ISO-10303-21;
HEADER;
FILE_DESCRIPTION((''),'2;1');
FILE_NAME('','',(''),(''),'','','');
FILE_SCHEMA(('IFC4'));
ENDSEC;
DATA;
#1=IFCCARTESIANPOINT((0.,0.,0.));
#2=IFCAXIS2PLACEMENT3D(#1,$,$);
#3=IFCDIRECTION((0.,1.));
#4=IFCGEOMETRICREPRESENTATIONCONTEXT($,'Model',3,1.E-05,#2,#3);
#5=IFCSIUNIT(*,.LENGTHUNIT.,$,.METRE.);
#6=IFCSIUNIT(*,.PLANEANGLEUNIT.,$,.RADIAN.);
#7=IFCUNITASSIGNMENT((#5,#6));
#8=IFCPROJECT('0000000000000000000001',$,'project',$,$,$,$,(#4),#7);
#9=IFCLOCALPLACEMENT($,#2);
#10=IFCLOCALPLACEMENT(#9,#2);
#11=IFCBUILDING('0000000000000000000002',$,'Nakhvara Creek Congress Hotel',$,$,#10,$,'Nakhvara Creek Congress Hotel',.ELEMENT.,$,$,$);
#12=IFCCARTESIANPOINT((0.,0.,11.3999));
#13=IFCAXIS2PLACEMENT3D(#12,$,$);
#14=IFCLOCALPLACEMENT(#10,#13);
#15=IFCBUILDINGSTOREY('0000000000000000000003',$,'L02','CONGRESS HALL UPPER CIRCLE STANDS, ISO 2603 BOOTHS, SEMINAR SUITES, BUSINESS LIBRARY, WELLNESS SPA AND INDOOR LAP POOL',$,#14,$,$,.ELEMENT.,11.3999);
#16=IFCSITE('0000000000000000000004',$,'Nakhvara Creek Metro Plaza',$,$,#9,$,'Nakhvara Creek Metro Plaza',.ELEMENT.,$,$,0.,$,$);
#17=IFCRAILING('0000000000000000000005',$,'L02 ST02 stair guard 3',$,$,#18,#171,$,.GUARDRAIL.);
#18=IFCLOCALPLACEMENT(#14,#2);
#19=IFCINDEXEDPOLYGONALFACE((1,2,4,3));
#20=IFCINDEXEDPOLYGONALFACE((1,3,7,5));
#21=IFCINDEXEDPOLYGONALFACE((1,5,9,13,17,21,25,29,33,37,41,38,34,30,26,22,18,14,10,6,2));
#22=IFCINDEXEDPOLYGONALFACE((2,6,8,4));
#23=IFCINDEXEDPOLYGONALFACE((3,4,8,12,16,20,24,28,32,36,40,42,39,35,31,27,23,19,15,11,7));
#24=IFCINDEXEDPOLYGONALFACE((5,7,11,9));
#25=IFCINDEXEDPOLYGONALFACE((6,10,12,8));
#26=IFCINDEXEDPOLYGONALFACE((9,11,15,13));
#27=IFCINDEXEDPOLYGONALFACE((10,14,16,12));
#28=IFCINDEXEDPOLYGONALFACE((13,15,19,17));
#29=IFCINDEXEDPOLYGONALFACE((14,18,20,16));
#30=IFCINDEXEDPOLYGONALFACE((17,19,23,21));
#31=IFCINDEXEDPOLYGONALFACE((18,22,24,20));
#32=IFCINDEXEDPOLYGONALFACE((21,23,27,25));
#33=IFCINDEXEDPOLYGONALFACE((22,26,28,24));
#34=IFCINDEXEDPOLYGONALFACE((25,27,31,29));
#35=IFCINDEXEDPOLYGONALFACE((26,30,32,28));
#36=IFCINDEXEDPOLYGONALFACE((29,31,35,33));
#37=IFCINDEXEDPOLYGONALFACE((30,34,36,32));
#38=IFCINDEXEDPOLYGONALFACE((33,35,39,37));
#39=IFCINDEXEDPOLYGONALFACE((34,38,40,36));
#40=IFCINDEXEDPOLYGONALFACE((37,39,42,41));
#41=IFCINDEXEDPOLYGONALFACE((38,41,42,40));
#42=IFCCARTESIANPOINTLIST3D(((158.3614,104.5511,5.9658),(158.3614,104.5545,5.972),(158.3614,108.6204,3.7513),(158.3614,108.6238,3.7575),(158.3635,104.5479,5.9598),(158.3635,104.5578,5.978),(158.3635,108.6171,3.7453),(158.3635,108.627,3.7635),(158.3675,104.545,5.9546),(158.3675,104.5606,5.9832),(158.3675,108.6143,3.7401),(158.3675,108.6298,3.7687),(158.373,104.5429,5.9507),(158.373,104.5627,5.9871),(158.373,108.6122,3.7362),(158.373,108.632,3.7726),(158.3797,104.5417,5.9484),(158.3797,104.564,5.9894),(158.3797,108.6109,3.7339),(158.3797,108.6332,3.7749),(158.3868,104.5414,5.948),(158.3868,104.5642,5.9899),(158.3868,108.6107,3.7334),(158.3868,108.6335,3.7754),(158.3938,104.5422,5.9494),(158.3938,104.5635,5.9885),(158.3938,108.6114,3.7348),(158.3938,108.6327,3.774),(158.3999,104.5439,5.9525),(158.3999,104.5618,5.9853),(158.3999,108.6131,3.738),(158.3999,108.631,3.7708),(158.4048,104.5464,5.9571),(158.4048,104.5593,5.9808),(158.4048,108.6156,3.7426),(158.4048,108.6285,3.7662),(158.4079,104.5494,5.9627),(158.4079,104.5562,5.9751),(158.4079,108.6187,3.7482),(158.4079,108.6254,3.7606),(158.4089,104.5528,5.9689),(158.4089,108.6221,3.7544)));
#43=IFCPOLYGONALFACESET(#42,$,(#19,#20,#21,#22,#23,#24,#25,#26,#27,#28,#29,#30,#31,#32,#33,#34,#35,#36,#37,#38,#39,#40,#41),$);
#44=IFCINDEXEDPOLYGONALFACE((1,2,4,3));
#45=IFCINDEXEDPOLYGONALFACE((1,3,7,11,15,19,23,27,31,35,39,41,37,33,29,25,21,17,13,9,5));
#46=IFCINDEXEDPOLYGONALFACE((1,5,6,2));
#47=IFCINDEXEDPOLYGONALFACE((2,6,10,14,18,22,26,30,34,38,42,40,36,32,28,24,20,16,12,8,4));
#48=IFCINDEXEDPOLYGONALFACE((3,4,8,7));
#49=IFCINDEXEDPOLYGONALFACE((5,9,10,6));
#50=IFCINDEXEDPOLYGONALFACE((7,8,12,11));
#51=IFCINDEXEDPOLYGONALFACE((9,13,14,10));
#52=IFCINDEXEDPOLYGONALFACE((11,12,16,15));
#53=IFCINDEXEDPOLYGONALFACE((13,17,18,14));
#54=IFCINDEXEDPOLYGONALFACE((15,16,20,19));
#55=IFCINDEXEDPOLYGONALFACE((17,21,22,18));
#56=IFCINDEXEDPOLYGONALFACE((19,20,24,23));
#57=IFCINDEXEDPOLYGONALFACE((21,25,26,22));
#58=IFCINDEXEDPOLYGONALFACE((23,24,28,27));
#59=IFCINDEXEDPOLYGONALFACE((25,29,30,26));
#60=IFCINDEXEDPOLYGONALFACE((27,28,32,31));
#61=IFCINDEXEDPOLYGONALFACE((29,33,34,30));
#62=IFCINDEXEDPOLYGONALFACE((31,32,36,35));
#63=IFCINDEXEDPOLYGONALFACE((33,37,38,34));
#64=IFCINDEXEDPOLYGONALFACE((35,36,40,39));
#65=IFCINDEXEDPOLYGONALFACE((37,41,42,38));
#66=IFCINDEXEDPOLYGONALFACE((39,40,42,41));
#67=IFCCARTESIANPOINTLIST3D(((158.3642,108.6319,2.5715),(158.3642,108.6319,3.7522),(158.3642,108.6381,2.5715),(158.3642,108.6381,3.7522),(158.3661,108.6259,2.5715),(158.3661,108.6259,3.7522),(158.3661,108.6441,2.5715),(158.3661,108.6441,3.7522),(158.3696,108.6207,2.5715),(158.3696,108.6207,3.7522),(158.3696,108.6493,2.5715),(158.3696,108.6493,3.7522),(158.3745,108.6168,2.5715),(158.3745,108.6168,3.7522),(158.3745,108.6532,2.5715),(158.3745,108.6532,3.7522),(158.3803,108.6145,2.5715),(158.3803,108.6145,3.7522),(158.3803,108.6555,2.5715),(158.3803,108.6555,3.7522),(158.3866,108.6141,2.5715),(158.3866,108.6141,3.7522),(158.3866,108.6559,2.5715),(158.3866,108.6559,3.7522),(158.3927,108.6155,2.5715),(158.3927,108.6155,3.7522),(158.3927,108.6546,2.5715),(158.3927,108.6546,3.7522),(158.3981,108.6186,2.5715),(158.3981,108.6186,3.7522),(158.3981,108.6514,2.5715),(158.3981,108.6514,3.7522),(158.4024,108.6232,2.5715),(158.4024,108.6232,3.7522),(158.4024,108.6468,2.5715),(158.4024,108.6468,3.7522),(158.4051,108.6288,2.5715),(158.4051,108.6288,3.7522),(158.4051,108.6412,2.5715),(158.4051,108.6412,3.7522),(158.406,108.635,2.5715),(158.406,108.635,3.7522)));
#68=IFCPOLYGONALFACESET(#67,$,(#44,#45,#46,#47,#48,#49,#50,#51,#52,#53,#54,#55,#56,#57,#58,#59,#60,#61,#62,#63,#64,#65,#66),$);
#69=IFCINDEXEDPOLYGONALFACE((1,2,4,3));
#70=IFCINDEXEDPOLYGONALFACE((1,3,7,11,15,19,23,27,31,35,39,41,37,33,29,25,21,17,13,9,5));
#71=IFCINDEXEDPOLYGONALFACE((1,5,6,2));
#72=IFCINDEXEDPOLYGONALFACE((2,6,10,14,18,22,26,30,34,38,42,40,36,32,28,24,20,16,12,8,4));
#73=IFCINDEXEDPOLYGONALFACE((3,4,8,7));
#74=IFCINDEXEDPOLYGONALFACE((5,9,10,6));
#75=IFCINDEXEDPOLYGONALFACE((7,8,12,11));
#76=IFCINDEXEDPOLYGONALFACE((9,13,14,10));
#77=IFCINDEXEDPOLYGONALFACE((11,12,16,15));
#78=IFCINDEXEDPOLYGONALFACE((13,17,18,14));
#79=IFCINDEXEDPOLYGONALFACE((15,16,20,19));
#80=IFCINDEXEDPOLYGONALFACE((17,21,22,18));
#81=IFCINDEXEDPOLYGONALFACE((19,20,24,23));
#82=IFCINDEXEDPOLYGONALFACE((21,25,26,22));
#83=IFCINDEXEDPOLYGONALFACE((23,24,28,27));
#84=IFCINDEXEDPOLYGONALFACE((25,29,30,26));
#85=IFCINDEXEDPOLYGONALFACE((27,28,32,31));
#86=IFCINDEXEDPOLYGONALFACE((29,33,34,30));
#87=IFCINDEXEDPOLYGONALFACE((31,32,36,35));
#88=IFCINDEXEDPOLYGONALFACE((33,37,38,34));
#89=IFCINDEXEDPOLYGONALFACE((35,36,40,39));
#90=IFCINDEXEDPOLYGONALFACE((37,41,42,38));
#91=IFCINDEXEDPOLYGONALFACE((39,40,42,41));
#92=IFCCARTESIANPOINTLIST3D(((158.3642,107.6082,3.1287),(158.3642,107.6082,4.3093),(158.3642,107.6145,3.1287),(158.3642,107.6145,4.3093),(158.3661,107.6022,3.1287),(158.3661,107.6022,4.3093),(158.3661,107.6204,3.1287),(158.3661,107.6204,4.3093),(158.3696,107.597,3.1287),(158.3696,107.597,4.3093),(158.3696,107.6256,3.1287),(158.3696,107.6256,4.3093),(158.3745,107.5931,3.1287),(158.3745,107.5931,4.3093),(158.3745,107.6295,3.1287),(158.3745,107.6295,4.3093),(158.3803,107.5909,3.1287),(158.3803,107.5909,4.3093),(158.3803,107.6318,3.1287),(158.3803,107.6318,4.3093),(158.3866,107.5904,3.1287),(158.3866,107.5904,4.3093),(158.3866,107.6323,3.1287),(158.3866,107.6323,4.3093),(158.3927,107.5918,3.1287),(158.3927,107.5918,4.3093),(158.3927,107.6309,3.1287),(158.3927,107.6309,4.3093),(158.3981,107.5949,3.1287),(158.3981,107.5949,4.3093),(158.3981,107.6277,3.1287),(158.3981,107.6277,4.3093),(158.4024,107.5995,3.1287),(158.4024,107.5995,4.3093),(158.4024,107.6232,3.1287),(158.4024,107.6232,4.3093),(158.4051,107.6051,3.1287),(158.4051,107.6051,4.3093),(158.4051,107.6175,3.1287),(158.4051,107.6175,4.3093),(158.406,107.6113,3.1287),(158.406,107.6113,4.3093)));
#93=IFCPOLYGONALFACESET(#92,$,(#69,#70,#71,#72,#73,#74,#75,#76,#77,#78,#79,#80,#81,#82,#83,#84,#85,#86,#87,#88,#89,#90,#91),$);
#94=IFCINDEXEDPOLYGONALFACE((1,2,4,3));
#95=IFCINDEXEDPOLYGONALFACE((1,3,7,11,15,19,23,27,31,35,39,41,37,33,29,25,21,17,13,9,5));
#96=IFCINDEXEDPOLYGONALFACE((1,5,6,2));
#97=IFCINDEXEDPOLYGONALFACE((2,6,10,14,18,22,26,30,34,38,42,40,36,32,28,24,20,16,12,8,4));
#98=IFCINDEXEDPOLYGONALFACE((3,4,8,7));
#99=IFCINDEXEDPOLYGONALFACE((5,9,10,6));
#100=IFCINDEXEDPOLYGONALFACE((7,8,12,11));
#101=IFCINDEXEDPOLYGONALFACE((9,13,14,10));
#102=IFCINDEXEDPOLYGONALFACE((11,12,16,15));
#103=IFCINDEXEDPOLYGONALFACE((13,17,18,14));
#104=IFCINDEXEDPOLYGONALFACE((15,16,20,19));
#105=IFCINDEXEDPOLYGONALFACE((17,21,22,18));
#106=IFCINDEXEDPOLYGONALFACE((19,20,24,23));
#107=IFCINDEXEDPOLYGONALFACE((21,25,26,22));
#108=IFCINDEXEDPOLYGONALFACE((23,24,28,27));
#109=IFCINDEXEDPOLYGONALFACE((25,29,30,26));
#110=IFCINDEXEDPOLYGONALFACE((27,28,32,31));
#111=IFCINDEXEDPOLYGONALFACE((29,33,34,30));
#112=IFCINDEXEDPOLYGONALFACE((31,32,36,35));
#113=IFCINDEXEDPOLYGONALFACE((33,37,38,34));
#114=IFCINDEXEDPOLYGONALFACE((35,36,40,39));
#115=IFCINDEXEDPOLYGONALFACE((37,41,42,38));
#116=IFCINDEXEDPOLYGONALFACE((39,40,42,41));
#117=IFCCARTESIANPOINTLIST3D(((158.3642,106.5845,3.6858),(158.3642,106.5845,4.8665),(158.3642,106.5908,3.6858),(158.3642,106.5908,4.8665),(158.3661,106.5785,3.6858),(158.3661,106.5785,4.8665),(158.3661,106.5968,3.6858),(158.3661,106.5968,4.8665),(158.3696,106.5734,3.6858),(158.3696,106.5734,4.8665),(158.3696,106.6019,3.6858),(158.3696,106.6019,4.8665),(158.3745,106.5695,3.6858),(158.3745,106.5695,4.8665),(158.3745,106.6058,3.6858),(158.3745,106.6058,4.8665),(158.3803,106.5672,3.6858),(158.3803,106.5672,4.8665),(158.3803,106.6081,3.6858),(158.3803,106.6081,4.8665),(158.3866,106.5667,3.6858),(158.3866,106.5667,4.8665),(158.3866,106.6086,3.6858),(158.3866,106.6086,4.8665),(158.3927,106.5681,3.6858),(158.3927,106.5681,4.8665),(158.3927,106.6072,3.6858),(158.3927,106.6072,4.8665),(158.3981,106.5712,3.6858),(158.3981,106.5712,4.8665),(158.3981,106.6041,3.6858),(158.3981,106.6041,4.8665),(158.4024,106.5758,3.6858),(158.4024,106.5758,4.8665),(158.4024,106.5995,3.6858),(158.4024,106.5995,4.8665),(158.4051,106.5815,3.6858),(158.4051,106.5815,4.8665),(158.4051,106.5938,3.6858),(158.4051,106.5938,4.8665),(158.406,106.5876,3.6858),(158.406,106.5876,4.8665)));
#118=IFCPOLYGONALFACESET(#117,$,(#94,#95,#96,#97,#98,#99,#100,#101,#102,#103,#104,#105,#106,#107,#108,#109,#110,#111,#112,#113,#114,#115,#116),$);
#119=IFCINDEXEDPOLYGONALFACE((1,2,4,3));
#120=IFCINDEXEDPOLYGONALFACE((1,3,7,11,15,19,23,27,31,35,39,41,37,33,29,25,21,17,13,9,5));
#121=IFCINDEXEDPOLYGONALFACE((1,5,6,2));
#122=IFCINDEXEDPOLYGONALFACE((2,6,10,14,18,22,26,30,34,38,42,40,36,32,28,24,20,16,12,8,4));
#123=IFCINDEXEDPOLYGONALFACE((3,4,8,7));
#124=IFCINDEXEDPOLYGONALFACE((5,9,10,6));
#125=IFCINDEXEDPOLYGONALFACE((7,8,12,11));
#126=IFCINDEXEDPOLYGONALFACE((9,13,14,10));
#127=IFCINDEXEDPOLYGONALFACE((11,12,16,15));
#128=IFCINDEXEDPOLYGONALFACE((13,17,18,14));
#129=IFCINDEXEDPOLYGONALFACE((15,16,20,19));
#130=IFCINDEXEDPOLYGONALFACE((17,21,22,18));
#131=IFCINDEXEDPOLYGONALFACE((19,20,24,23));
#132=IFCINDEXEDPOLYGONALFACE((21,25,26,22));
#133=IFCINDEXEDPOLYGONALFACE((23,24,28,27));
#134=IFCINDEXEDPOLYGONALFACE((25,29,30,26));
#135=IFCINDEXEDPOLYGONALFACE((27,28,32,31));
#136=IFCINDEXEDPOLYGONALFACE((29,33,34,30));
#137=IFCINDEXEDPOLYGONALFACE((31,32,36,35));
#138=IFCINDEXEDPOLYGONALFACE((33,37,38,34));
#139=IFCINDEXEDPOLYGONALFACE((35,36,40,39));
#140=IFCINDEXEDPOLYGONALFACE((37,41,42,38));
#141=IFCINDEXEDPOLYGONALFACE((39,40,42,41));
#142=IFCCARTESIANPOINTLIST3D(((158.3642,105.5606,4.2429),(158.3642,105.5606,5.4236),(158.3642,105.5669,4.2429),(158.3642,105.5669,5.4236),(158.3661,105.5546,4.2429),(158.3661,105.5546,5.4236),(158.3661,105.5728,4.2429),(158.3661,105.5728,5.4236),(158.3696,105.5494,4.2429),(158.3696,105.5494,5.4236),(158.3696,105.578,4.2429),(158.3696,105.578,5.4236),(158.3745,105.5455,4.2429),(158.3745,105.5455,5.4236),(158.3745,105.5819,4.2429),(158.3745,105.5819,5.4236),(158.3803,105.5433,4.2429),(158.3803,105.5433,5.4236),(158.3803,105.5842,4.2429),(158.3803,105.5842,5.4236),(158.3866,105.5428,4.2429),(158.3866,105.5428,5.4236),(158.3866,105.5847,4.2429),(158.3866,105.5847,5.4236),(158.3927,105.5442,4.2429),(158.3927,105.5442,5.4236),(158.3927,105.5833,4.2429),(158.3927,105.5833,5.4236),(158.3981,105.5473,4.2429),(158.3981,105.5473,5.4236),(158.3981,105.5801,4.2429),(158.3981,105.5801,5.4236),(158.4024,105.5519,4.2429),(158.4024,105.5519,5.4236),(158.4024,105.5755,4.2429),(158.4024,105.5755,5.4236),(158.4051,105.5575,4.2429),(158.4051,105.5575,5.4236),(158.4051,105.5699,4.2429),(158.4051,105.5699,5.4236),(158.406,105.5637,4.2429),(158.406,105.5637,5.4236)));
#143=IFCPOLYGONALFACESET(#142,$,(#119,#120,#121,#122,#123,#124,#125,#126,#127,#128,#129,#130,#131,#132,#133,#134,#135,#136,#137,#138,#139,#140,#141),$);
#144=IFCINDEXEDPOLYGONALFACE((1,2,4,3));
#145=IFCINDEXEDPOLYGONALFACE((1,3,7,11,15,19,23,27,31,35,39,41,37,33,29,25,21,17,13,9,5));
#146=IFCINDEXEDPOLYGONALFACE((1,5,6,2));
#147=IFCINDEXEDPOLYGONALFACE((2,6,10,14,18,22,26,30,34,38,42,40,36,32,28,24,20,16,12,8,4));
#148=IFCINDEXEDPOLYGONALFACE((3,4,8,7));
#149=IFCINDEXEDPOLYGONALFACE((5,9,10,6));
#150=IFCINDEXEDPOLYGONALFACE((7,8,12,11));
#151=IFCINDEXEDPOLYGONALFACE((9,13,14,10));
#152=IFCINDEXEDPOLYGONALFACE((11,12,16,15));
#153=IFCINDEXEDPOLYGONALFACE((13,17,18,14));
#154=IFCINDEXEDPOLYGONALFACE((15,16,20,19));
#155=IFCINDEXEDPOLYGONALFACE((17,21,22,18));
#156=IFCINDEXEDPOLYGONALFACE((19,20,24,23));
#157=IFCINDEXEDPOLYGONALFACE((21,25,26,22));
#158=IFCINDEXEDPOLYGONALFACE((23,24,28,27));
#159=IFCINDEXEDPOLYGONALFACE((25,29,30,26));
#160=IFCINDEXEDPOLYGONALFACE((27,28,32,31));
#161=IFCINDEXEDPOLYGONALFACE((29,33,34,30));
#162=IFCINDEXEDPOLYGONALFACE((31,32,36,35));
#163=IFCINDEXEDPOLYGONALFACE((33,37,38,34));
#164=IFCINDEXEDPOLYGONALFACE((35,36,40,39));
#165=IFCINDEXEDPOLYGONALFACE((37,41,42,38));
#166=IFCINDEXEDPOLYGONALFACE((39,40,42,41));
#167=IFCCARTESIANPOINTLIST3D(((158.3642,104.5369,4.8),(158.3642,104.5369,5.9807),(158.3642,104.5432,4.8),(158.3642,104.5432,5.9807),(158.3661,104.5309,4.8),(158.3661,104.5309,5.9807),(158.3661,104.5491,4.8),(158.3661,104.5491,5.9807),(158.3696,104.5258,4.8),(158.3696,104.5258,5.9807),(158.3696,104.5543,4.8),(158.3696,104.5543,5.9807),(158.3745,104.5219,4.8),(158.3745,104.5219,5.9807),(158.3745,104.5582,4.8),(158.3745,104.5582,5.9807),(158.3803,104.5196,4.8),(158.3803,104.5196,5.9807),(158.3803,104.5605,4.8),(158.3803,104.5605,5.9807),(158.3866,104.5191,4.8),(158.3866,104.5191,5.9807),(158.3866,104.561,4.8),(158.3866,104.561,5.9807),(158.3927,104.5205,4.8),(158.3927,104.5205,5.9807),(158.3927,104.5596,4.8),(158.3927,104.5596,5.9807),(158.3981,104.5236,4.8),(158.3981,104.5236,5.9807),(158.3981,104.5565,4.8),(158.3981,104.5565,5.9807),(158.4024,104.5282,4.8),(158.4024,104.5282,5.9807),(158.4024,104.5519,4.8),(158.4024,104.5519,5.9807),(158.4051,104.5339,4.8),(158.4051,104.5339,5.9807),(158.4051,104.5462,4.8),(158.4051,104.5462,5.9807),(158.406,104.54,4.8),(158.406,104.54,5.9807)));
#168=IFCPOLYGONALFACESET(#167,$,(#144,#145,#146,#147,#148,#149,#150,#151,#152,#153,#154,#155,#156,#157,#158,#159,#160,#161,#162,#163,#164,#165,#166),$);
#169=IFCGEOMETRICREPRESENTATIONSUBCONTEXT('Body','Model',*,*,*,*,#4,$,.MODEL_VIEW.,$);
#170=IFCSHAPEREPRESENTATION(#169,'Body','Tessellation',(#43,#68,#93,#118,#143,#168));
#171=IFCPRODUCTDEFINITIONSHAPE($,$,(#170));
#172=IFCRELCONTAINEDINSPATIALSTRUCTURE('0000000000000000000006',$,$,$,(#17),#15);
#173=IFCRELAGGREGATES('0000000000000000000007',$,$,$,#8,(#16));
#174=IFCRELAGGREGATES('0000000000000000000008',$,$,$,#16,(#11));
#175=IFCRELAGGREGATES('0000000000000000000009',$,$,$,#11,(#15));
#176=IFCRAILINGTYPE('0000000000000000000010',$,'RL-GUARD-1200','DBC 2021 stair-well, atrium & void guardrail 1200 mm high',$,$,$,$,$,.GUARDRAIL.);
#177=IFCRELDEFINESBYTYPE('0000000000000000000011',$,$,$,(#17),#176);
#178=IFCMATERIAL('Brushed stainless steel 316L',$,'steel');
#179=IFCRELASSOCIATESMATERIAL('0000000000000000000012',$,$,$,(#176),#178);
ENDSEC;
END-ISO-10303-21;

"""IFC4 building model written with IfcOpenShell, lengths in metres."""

from ifc_helpers import new_model, si_unit, direction, frame, origin, origin_2d, place, context, subcontext, project, spatial, circle, extrude, material, type_object, element, save


model = new_model("IFC4")

# Units and contexts
model_context = context("Model", 3, precision=1e-05, world=origin(), true_north=direction((0.0, 1.0)))
body_context = subcontext(model_context, "Body", "Model", "MODEL_VIEW")
ifc_project = project(units=[si_unit("LENGTHUNIT", "METRE"), si_unit("PLANEANGLEUNIT", "RADIAN")], contexts=[model_context])

# Site, building, storey
site_placement = place(None, origin())
site = spatial("IfcSite", under=ifc_project, at=site_placement, Name="Nakhvara Creek Metro Plaza", LongName="Nakhvara Creek Metro Plaza", CompositionType="ELEMENT", RefElevation=0.0)
building_placement = place(site_placement, origin())
building = spatial("IfcBuilding", under=site, at=building_placement, Name="Nakhvara Creek Congress Hotel", LongName="Nakhvara Creek Congress Hotel", CompositionType="ELEMENT")
storey_placement = place(building_placement, frame((0.0, 0.0, 11.3999)))
storey = spatial("IfcBuildingStorey", under=building, at=storey_placement, Name="L02", Description="CONGRESS HALL UPPER CIRCLE STANDS, ISO 2603 BOOTHS, SEMINAR SUITES, BUSINESS LIBRARY, WELLNESS SPA AND INDOOR LAP POOL", CompositionType="ELEMENT", Elevation=11.3999)

# Railing
ifc_material_1 = material(Name="Brushed stainless steel 316L", Category="steel")
railing_type_1 = type_object("IfcRailingType", Name="RL-GUARD-1200", Description="DBC 2021 stair-well, atrium & void guardrail 1200 mm high", PredefinedType="GUARDRAIL", material=ifc_material_1)
railing_1_placement = place(storey_placement, frame((158.385, 108.635, 2.5715)))
element("IfcRailing", 1, at=railing_1_placement, inside=storey, type_object=railing_type_1, Name="L02 ST02 stair guard 3", PredefinedType="GUARDRAIL", context=body_context, shape_type="SweptSolid", body=[
    extrude(circle(Radius=0.0239, at=origin_2d()), frame((0.0, -0.0129, 1.1829), z_axis=(0.0, -0.878355, 0.478008), x_axis=(1.0, 0.0, 0.0)), (0.0, 0.0, 1.0), 4.6328),
    extrude(circle(Radius=0.021, at=origin_2d()), origin(), (0.0, 0.0, 1.0), 1.1807),
    extrude(circle(Radius=0.021, at=origin_2d()), frame((0.0, -1.0237, 0.5571)), (0.0, 0.0, 1.0), 1.1807),
    extrude(circle(Radius=0.021, at=origin_2d()), frame((0.0, -2.0474, 1.1143)), (0.0, 0.0, 1.0), 1.1807),
    extrude(circle(Radius=0.021, at=origin_2d()), frame((0.0, -3.0713, 1.6714)), (0.0, 0.0, 1.0), 1.1807),
    extrude(circle(Radius=0.021, at=origin_2d()), frame((0.0, -4.095, 2.2285)), (0.0, 0.0, 1.0), 1.1807),
])

save(model, "model.ifc")
